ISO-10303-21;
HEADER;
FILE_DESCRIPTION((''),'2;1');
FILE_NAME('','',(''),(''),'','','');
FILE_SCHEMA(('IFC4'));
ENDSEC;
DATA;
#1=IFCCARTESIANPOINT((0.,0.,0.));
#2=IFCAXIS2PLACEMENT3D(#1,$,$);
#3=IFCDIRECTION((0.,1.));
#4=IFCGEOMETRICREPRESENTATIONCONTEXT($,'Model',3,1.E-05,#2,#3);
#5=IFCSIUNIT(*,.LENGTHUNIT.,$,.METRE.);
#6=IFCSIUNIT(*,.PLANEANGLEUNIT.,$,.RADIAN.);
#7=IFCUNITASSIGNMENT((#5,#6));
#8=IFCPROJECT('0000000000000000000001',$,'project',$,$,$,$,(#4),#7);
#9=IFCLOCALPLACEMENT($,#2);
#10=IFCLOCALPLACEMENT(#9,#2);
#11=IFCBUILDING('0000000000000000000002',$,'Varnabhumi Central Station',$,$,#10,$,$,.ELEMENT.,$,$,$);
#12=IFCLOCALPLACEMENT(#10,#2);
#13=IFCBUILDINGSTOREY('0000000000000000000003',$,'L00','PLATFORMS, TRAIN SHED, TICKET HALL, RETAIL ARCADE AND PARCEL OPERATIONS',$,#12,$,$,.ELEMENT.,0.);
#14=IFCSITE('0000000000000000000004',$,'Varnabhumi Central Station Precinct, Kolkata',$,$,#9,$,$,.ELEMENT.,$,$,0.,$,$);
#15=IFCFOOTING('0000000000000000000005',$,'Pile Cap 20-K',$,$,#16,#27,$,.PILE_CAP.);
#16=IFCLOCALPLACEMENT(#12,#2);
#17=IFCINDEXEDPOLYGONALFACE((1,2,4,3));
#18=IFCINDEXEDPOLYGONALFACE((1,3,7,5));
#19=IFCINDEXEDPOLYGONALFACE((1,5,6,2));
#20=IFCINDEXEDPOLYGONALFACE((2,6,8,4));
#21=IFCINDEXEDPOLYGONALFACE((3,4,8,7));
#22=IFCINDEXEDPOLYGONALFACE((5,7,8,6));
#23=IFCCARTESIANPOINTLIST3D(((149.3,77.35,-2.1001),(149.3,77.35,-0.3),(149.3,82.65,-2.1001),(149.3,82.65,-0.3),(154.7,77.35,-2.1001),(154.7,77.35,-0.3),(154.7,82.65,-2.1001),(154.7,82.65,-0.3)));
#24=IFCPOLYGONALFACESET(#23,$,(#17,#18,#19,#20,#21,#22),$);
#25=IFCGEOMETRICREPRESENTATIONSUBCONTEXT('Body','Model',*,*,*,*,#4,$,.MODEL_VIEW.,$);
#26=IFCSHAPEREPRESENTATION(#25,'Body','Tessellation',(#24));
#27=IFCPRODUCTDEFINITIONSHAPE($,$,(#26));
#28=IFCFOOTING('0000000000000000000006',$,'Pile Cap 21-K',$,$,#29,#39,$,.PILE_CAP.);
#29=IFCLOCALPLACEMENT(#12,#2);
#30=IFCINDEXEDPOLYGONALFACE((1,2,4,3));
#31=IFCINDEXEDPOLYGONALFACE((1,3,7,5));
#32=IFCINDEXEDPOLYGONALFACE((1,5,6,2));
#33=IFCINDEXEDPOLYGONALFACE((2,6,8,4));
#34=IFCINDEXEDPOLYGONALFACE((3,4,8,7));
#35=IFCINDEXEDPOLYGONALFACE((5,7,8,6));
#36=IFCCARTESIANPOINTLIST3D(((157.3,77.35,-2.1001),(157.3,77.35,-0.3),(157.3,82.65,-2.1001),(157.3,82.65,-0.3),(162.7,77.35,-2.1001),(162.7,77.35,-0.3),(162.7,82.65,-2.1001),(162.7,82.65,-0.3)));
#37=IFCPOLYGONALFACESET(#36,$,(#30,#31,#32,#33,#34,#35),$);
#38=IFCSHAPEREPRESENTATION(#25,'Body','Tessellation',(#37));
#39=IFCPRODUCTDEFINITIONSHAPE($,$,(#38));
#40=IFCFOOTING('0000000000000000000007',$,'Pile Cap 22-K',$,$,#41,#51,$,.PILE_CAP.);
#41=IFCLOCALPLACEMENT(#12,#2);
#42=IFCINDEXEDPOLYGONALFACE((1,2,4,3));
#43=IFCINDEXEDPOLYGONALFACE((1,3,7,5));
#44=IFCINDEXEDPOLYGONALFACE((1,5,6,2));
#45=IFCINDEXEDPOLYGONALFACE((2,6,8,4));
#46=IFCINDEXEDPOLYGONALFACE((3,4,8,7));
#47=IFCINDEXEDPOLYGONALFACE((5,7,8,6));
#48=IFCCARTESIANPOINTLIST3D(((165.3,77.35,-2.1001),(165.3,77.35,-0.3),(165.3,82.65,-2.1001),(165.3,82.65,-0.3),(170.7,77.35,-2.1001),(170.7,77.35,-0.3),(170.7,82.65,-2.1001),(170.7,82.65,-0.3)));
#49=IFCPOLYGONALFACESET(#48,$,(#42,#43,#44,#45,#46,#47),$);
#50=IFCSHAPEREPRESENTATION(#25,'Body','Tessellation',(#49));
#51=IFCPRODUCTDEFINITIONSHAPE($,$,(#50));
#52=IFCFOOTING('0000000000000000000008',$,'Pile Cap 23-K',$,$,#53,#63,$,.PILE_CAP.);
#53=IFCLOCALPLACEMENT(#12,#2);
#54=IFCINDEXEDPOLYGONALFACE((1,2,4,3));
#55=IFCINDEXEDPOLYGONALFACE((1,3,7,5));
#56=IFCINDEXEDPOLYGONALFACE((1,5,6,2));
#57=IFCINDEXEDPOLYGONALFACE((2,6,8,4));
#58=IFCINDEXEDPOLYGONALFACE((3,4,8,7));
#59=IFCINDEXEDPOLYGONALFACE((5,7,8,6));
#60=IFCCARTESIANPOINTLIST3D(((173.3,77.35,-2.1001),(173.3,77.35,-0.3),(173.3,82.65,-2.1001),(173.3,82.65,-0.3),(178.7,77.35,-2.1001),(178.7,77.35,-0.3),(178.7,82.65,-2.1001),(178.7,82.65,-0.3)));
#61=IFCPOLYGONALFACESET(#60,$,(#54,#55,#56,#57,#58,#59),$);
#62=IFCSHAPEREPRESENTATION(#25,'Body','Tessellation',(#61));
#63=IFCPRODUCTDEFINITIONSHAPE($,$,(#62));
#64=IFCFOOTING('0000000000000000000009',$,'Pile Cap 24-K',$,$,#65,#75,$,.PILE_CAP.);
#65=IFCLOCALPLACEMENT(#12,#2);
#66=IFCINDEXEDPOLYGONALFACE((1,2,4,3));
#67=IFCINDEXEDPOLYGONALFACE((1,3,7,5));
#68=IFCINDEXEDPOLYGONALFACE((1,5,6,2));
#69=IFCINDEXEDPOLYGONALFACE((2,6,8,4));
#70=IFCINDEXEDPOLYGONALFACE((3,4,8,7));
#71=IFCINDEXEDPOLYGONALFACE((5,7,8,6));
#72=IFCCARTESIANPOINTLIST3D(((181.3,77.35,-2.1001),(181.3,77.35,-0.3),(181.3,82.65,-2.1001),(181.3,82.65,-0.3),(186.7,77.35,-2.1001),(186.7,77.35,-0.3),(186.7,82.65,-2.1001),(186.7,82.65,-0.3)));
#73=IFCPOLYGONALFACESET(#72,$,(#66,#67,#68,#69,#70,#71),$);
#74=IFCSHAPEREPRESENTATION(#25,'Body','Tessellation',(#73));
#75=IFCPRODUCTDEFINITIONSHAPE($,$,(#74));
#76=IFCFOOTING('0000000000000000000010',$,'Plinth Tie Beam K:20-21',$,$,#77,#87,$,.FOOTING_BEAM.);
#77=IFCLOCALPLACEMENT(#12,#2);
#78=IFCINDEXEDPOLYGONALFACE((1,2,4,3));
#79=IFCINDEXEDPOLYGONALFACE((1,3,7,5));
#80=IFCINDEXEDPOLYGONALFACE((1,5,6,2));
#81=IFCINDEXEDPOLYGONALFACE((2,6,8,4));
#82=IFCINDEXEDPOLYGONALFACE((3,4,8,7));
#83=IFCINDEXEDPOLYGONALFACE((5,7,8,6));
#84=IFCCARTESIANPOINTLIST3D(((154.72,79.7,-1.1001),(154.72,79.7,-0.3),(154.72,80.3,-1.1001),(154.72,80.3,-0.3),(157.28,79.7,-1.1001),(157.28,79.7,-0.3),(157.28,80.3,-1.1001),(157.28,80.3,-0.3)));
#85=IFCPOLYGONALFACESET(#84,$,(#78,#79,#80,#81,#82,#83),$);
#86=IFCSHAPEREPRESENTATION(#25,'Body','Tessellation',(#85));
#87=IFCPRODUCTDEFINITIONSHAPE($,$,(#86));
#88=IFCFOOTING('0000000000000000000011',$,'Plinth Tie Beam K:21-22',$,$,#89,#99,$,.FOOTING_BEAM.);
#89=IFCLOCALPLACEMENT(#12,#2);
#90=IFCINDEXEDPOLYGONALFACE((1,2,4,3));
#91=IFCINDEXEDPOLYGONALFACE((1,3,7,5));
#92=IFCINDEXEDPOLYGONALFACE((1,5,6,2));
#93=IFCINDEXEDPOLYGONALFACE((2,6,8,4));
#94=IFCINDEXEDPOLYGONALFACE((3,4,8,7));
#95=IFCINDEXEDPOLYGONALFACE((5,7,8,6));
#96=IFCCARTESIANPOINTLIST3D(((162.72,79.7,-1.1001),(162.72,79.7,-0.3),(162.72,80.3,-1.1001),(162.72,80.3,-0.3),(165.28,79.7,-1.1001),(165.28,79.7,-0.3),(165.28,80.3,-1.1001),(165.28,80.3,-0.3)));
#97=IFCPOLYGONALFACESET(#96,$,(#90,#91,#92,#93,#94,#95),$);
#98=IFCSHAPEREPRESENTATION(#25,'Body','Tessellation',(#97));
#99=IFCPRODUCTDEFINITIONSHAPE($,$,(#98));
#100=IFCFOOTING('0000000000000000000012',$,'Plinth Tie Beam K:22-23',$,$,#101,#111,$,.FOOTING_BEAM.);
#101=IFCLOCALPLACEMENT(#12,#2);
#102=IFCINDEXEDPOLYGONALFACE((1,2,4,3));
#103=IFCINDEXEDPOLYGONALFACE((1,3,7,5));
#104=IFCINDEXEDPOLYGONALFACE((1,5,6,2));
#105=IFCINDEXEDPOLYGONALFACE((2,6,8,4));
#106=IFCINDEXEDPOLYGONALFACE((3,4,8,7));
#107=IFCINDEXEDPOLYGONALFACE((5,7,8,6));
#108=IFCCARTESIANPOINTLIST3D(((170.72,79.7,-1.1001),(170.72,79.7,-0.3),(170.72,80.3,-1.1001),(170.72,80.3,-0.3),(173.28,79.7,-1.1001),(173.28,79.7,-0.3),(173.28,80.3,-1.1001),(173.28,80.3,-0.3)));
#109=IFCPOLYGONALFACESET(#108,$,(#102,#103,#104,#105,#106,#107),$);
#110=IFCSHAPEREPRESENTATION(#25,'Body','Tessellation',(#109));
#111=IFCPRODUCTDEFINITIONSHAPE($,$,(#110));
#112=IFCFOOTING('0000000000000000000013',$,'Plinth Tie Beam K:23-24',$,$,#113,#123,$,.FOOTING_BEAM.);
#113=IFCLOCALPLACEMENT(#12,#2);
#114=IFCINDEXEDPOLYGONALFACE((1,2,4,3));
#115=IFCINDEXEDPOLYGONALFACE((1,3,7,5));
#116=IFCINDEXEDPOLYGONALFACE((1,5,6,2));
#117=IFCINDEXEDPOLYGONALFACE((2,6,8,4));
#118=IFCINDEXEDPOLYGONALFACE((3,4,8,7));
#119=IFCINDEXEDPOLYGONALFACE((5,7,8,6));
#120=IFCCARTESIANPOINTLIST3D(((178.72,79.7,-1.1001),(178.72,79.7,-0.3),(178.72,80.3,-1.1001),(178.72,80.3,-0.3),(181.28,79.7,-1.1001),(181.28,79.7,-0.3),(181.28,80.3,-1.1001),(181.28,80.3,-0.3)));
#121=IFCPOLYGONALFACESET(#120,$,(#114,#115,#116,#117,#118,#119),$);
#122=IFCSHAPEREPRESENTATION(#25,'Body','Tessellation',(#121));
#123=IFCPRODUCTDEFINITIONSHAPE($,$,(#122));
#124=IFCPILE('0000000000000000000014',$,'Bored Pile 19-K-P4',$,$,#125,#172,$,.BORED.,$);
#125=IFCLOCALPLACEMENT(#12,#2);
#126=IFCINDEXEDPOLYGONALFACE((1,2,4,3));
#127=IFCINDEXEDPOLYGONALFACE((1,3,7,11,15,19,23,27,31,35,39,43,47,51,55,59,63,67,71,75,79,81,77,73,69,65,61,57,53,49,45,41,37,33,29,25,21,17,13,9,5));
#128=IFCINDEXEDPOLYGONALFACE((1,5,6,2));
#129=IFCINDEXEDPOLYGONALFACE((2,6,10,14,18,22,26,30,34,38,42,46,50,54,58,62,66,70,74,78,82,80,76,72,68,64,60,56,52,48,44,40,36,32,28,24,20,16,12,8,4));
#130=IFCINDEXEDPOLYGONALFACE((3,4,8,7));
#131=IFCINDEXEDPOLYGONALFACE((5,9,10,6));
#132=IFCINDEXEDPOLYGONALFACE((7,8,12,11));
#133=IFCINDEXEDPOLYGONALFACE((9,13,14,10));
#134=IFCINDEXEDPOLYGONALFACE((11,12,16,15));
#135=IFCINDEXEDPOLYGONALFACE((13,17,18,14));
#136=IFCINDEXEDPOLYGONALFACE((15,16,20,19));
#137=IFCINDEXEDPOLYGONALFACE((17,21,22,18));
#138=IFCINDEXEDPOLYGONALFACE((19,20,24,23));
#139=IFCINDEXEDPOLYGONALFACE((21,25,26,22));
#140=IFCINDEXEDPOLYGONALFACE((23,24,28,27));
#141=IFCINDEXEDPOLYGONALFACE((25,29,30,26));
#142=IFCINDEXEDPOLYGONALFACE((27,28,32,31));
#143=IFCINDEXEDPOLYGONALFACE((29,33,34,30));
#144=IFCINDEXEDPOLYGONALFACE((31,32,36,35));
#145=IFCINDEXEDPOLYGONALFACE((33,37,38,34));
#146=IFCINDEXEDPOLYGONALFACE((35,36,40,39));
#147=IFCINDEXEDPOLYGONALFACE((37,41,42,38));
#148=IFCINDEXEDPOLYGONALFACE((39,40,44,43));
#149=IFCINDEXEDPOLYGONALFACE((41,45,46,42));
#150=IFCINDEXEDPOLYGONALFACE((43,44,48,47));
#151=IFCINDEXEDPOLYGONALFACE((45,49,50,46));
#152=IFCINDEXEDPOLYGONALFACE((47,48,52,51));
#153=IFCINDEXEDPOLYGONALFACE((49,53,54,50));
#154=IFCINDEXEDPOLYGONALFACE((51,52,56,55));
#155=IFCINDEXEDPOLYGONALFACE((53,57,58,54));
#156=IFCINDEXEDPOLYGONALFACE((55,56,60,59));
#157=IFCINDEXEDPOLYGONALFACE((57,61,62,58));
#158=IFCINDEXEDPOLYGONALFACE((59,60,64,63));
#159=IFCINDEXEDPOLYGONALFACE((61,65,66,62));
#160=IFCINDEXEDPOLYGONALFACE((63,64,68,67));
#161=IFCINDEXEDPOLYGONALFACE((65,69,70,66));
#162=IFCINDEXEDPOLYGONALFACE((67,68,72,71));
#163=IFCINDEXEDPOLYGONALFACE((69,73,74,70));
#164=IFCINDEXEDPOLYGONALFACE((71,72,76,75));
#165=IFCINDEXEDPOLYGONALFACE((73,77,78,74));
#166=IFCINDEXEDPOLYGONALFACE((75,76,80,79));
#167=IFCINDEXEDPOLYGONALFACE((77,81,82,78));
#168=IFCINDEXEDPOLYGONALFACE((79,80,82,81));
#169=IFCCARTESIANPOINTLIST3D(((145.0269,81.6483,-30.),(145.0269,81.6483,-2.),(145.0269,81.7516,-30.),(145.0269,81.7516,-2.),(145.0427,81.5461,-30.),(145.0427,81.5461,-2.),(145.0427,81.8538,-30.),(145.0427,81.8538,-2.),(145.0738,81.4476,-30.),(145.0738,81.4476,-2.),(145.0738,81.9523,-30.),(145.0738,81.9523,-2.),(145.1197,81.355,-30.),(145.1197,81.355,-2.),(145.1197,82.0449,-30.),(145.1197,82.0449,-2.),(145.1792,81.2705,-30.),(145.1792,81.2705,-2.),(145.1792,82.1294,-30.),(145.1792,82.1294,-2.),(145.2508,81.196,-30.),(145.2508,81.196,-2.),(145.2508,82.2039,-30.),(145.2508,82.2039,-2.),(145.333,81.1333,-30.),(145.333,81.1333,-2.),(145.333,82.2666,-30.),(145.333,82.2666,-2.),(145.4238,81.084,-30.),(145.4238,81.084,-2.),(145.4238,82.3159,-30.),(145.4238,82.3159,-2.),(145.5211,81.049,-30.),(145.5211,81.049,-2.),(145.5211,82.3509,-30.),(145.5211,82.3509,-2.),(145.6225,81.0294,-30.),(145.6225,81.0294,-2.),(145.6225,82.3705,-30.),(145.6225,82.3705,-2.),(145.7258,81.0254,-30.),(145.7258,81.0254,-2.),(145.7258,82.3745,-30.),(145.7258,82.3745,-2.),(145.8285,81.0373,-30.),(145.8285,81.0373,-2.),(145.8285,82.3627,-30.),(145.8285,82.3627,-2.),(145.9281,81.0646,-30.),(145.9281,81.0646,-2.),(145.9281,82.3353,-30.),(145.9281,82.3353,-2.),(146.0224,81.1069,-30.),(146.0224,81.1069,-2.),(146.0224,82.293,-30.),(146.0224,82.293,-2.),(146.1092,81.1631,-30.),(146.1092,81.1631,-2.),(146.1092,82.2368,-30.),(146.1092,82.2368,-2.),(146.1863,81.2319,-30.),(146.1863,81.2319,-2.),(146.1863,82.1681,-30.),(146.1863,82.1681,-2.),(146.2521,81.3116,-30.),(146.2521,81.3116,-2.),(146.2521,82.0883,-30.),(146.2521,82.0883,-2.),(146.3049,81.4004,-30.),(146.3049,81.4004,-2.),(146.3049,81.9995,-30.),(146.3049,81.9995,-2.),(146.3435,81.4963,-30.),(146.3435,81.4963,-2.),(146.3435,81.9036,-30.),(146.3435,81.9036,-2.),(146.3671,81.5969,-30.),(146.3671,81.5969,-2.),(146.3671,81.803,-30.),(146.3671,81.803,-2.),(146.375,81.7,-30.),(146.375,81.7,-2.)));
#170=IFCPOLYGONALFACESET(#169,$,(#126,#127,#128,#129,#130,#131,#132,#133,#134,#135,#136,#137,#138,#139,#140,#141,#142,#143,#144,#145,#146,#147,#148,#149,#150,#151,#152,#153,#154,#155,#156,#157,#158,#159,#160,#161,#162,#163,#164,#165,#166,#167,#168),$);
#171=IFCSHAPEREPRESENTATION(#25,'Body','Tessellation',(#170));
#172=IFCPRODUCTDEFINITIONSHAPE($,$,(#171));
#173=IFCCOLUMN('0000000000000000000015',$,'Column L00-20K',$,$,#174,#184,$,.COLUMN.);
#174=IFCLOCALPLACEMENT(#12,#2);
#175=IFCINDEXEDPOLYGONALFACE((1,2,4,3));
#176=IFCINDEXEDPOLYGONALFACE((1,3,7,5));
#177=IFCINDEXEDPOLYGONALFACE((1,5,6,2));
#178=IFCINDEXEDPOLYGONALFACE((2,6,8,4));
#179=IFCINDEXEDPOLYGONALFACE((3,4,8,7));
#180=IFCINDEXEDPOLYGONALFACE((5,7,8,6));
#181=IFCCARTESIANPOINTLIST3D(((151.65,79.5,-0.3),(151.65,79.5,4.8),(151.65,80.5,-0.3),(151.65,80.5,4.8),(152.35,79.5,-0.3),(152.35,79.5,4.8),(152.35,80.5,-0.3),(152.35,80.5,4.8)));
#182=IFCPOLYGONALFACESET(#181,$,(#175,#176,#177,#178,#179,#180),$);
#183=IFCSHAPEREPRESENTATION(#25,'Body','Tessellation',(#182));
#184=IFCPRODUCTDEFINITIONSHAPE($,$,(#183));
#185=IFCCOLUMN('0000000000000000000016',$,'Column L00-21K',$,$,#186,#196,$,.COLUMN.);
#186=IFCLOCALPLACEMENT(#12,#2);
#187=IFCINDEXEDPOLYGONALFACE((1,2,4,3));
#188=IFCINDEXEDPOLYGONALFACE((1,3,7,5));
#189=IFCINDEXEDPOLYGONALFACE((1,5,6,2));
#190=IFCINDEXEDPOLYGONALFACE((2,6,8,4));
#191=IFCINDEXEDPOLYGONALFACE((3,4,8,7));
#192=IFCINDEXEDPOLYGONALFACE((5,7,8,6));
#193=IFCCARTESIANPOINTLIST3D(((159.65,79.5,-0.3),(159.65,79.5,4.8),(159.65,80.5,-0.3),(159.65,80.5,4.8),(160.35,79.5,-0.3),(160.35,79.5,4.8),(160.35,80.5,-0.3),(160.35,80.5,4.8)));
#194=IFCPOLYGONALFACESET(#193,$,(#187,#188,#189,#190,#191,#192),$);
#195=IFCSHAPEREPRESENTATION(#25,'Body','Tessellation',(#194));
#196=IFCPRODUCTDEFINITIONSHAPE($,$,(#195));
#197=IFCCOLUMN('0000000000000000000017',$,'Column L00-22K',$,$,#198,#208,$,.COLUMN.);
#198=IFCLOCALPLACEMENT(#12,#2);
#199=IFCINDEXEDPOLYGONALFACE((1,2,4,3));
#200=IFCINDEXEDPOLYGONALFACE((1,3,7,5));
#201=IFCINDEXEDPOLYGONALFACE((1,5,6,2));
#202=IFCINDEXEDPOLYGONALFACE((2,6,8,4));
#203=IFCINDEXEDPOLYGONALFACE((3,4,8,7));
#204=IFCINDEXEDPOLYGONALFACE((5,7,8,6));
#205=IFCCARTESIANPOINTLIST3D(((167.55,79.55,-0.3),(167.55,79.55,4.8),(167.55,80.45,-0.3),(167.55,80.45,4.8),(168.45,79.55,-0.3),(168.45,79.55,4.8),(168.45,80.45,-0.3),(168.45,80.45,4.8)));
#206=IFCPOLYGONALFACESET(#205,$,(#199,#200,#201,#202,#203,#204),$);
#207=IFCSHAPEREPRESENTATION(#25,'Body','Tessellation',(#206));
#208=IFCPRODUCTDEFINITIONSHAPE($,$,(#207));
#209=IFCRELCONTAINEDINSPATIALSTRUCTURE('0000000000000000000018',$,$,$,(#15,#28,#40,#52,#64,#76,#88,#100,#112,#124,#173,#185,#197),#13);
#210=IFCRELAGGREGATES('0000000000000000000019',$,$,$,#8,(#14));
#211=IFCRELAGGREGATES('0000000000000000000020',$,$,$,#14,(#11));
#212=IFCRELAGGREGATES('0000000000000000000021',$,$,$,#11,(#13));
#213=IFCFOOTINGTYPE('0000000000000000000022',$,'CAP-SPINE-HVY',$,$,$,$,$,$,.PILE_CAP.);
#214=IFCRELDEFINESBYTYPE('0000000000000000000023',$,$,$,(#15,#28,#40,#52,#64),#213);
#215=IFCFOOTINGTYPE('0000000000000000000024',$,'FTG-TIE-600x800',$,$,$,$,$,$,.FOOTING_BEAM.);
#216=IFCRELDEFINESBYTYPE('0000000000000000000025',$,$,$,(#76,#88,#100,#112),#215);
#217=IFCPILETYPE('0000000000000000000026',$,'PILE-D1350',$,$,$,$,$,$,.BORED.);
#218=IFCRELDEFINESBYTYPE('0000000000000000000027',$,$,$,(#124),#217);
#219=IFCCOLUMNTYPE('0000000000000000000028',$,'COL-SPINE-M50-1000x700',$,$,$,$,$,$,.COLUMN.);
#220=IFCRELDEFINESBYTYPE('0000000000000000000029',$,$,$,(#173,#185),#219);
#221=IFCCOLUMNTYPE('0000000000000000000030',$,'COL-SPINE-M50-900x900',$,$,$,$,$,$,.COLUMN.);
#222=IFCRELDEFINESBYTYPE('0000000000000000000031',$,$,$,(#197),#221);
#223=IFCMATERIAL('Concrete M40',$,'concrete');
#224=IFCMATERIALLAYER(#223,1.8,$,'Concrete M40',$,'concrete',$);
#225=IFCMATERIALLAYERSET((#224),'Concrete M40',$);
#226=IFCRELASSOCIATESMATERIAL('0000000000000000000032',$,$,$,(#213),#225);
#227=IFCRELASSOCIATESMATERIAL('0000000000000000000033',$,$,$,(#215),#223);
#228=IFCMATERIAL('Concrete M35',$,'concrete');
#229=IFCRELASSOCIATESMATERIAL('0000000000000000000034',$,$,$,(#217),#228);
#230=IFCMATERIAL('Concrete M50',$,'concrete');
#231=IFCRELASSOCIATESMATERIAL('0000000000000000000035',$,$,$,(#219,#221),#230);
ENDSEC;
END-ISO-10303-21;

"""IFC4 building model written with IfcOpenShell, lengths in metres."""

from ifc_helpers import new_model, si_unit, direction, frame, origin, origin_2d, place, context, subcontext, project, spatial, rectangle, circle, extrude, material, layer, layer_set, material_profile, profile_set, type_object, element, save


model = new_model("IFC4")

# Units and contexts
model_context = context("Model", 3, precision=1e-05, world=origin(), true_north=direction((0.0, 1.0)))
body_context = subcontext(model_context, "Body", "Model", "MODEL_VIEW")
ifc_project = project(units=[si_unit("LENGTHUNIT", "METRE"), si_unit("PLANEANGLEUNIT", "RADIAN")], contexts=[model_context])

# Site, building, storey
site_placement = place(None, origin())
site = spatial("IfcSite", under=ifc_project, at=site_placement, Name="Varnabhumi Central Station Precinct, Kolkata", CompositionType="ELEMENT", RefElevation=0.0)
building_placement = place(site_placement, origin())
building = spatial("IfcBuilding", under=site, at=building_placement, Name="Varnabhumi Central Station", CompositionType="ELEMENT")
storey_placement = place(building_placement, origin())
storey = spatial("IfcBuildingStorey", under=building, at=storey_placement, Name="L00", Description="PLATFORMS, TRAIN SHED, TICKET HALL, RETAIL ARCADE AND PARCEL OPERATIONS", CompositionType="ELEMENT", Elevation=0.0)

# Footings
ifc_material_1 = material(Name="Concrete M40", Category="concrete")
ifc_layer_1 = layer(ifc_material_1, 1.8, Name="Concrete M40", Category="concrete")
ifc_layer_set_1 = layer_set([ifc_layer_1], Name="Concrete M40")
footing_type_1 = type_object("IfcFootingType", Name="CAP-SPINE-HVY", PredefinedType="PILE_CAP", material=ifc_layer_set_1)
for number, where, z_axis, x_axis, name in (
    (1, (152.0, 80.0, -2.1001), (0.0, 0.0, 1.0), (1.0, 0.0, 0.0), "Pile Cap 20-K"),
    (2, (160.0, 80.0, -2.1001), (0.0, 0.0, 1.0), (1.0, 0.0, 0.0), "Pile Cap 21-K"),
    (3, (168.0, 80.0, -2.1001), (0.0, 0.0, 1.0), (1.0, 0.0, 0.0), "Pile Cap 22-K"),
    (4, (176.0, 80.0, -2.1001), (0.0, 0.0, 1.0), (1.0, 0.0, 0.0), "Pile Cap 23-K"),
    (5, (184.0, 80.0, -2.1001), (0.0, 0.0, 1.0), (1.0, 0.0, 0.0), "Pile Cap 24-K"),
):
    element("IfcFooting", number, at=place(storey_placement, frame(where, z_axis=z_axis, x_axis=x_axis)), inside=storey, type_object=footing_type_1, Name=name, PredefinedType="PILE_CAP", context=body_context, shape_type="SweptSolid", body=[
        extrude(rectangle(XDim=5.3999, YDim=5.3, at=origin_2d()), origin(), (0.0, 0.0, 1.0), 1.8),
    ])
footing_type_2 = type_object("IfcFootingType", Name="FTG-TIE-600x800", PredefinedType="FOOTING_BEAM", material=ifc_material_1)
for number, where, z_axis, x_axis, name in (
    (6, (156.0, 80.0, -1.1001), (0.0, 0.0, 1.0), (1.0, 0.0, 0.0), "Plinth Tie Beam K:20-21"),
    (7, (164.0, 80.0, -1.1001), (0.0, 0.0, 1.0), (1.0, 0.0, 0.0), "Plinth Tie Beam K:21-22"),
    (8, (172.0, 80.0, -1.1001), (0.0, 0.0, 1.0), (1.0, 0.0, 0.0), "Plinth Tie Beam K:22-23"),
    (9, (180.0, 80.0, -1.1001), (0.0, 0.0, 1.0), (1.0, 0.0, 0.0), "Plinth Tie Beam K:23-24"),
):
    element("IfcFooting", number, at=place(storey_placement, frame(where, z_axis=z_axis, x_axis=x_axis)), inside=storey, type_object=footing_type_2, Name=name, PredefinedType="FOOTING_BEAM", context=body_context, shape_type="SweptSolid", body=[
        extrude(rectangle(XDim=2.5601, YDim=0.6001, at=origin_2d()), origin(), (0.0, 0.0, 1.0), 0.8),
    ])

# Pile
ifc_material_2 = material(Name="Concrete M35", Category="concrete")
ifc_material_profile_1 = material_profile(ifc_material_2, circle(Radius=0.675, at=origin_2d()), Name="Concrete M35", Category="concrete")
ifc_profile_set_1 = profile_set([ifc_material_profile_1], Name="Concrete M35")
pile_type = type_object("IfcPileType", Name="PILE-D1350", PredefinedType="BORED", material=ifc_profile_set_1)
pile_placement = place(storey_placement, frame((145.7, 81.7, -2.0), z_axis=(0.0, 0.0, -1.0), x_axis=(1.0, 0.0, 0.0)))
element("IfcPile", 10, at=pile_placement, inside=storey, type_object=pile_type, Name="Bored Pile 19-K-P4", PredefinedType="BORED", context=body_context, shape_type="SweptSolid", body=[
    extrude(circle(Radius=0.675, at=origin_2d()), origin(), (0.0, 0.0, 1.0), 28.0),
])

# Columns
ifc_material_3 = material(Name="Concrete M50", Category="concrete")
ifc_material_profile_2 = material_profile(ifc_material_3, rectangle(XDim=0.7, YDim=1.0, at=origin_2d()), Name="Concrete M50", Category="concrete")
ifc_profile_set_2 = profile_set([ifc_material_profile_2], Name="Concrete M50")
column_type_1 = type_object("IfcColumnType", Name="COL-SPINE-M50-1000x700", PredefinedType="COLUMN", material=ifc_profile_set_2)
for number, where, z_axis, x_axis, name in (
    (11, (152.0, 80.0, -0.3), (0.0, 0.0, 1.0), (1.0, 0.0, 0.0), "Column L00-20K"),
    (12, (160.0, 80.0, -0.3), (0.0, 0.0, 1.0), (1.0, 0.0, 0.0), "Column L00-21K"),
):
    element("IfcColumn", number, at=place(storey_placement, frame(where, z_axis=z_axis, x_axis=x_axis)), inside=storey, type_object=column_type_1, Name=name, PredefinedType="COLUMN", context=body_context, shape_type="SweptSolid", body=[
        extrude(rectangle(XDim=0.7, YDim=1.0, at=origin_2d()), origin(), (0.0, 0.0, 1.0), 5.1001),
    ])
ifc_material_profile_3 = material_profile(ifc_material_3, rectangle(XDim=0.8999, YDim=0.8999, at=origin_2d()), Name="Concrete M50", Category="concrete")
ifc_profile_set_3 = profile_set([ifc_material_profile_3], Name="Concrete M50")
column_type_2 = type_object("IfcColumnType", Name="COL-SPINE-M50-900x900", PredefinedType="COLUMN", material=ifc_profile_set_3)
for number, where, z_axis, x_axis, name in (
    (13, (168.0, 80.0, -0.3), (0.0, 0.0, 1.0), (1.0, 0.0, 0.0), "Column L00-22K"),
):
    element("IfcColumn", number, at=place(storey_placement, frame(where, z_axis=z_axis, x_axis=x_axis)), inside=storey, type_object=column_type_2, Name=name, PredefinedType="COLUMN", context=body_context, shape_type="SweptSolid", body=[
        extrude(rectangle(XDim=0.8999, YDim=0.8999, at=origin_2d()), origin(), (0.0, 0.0, 1.0), 5.1001),
    ])

save(model, "model.ifc")
